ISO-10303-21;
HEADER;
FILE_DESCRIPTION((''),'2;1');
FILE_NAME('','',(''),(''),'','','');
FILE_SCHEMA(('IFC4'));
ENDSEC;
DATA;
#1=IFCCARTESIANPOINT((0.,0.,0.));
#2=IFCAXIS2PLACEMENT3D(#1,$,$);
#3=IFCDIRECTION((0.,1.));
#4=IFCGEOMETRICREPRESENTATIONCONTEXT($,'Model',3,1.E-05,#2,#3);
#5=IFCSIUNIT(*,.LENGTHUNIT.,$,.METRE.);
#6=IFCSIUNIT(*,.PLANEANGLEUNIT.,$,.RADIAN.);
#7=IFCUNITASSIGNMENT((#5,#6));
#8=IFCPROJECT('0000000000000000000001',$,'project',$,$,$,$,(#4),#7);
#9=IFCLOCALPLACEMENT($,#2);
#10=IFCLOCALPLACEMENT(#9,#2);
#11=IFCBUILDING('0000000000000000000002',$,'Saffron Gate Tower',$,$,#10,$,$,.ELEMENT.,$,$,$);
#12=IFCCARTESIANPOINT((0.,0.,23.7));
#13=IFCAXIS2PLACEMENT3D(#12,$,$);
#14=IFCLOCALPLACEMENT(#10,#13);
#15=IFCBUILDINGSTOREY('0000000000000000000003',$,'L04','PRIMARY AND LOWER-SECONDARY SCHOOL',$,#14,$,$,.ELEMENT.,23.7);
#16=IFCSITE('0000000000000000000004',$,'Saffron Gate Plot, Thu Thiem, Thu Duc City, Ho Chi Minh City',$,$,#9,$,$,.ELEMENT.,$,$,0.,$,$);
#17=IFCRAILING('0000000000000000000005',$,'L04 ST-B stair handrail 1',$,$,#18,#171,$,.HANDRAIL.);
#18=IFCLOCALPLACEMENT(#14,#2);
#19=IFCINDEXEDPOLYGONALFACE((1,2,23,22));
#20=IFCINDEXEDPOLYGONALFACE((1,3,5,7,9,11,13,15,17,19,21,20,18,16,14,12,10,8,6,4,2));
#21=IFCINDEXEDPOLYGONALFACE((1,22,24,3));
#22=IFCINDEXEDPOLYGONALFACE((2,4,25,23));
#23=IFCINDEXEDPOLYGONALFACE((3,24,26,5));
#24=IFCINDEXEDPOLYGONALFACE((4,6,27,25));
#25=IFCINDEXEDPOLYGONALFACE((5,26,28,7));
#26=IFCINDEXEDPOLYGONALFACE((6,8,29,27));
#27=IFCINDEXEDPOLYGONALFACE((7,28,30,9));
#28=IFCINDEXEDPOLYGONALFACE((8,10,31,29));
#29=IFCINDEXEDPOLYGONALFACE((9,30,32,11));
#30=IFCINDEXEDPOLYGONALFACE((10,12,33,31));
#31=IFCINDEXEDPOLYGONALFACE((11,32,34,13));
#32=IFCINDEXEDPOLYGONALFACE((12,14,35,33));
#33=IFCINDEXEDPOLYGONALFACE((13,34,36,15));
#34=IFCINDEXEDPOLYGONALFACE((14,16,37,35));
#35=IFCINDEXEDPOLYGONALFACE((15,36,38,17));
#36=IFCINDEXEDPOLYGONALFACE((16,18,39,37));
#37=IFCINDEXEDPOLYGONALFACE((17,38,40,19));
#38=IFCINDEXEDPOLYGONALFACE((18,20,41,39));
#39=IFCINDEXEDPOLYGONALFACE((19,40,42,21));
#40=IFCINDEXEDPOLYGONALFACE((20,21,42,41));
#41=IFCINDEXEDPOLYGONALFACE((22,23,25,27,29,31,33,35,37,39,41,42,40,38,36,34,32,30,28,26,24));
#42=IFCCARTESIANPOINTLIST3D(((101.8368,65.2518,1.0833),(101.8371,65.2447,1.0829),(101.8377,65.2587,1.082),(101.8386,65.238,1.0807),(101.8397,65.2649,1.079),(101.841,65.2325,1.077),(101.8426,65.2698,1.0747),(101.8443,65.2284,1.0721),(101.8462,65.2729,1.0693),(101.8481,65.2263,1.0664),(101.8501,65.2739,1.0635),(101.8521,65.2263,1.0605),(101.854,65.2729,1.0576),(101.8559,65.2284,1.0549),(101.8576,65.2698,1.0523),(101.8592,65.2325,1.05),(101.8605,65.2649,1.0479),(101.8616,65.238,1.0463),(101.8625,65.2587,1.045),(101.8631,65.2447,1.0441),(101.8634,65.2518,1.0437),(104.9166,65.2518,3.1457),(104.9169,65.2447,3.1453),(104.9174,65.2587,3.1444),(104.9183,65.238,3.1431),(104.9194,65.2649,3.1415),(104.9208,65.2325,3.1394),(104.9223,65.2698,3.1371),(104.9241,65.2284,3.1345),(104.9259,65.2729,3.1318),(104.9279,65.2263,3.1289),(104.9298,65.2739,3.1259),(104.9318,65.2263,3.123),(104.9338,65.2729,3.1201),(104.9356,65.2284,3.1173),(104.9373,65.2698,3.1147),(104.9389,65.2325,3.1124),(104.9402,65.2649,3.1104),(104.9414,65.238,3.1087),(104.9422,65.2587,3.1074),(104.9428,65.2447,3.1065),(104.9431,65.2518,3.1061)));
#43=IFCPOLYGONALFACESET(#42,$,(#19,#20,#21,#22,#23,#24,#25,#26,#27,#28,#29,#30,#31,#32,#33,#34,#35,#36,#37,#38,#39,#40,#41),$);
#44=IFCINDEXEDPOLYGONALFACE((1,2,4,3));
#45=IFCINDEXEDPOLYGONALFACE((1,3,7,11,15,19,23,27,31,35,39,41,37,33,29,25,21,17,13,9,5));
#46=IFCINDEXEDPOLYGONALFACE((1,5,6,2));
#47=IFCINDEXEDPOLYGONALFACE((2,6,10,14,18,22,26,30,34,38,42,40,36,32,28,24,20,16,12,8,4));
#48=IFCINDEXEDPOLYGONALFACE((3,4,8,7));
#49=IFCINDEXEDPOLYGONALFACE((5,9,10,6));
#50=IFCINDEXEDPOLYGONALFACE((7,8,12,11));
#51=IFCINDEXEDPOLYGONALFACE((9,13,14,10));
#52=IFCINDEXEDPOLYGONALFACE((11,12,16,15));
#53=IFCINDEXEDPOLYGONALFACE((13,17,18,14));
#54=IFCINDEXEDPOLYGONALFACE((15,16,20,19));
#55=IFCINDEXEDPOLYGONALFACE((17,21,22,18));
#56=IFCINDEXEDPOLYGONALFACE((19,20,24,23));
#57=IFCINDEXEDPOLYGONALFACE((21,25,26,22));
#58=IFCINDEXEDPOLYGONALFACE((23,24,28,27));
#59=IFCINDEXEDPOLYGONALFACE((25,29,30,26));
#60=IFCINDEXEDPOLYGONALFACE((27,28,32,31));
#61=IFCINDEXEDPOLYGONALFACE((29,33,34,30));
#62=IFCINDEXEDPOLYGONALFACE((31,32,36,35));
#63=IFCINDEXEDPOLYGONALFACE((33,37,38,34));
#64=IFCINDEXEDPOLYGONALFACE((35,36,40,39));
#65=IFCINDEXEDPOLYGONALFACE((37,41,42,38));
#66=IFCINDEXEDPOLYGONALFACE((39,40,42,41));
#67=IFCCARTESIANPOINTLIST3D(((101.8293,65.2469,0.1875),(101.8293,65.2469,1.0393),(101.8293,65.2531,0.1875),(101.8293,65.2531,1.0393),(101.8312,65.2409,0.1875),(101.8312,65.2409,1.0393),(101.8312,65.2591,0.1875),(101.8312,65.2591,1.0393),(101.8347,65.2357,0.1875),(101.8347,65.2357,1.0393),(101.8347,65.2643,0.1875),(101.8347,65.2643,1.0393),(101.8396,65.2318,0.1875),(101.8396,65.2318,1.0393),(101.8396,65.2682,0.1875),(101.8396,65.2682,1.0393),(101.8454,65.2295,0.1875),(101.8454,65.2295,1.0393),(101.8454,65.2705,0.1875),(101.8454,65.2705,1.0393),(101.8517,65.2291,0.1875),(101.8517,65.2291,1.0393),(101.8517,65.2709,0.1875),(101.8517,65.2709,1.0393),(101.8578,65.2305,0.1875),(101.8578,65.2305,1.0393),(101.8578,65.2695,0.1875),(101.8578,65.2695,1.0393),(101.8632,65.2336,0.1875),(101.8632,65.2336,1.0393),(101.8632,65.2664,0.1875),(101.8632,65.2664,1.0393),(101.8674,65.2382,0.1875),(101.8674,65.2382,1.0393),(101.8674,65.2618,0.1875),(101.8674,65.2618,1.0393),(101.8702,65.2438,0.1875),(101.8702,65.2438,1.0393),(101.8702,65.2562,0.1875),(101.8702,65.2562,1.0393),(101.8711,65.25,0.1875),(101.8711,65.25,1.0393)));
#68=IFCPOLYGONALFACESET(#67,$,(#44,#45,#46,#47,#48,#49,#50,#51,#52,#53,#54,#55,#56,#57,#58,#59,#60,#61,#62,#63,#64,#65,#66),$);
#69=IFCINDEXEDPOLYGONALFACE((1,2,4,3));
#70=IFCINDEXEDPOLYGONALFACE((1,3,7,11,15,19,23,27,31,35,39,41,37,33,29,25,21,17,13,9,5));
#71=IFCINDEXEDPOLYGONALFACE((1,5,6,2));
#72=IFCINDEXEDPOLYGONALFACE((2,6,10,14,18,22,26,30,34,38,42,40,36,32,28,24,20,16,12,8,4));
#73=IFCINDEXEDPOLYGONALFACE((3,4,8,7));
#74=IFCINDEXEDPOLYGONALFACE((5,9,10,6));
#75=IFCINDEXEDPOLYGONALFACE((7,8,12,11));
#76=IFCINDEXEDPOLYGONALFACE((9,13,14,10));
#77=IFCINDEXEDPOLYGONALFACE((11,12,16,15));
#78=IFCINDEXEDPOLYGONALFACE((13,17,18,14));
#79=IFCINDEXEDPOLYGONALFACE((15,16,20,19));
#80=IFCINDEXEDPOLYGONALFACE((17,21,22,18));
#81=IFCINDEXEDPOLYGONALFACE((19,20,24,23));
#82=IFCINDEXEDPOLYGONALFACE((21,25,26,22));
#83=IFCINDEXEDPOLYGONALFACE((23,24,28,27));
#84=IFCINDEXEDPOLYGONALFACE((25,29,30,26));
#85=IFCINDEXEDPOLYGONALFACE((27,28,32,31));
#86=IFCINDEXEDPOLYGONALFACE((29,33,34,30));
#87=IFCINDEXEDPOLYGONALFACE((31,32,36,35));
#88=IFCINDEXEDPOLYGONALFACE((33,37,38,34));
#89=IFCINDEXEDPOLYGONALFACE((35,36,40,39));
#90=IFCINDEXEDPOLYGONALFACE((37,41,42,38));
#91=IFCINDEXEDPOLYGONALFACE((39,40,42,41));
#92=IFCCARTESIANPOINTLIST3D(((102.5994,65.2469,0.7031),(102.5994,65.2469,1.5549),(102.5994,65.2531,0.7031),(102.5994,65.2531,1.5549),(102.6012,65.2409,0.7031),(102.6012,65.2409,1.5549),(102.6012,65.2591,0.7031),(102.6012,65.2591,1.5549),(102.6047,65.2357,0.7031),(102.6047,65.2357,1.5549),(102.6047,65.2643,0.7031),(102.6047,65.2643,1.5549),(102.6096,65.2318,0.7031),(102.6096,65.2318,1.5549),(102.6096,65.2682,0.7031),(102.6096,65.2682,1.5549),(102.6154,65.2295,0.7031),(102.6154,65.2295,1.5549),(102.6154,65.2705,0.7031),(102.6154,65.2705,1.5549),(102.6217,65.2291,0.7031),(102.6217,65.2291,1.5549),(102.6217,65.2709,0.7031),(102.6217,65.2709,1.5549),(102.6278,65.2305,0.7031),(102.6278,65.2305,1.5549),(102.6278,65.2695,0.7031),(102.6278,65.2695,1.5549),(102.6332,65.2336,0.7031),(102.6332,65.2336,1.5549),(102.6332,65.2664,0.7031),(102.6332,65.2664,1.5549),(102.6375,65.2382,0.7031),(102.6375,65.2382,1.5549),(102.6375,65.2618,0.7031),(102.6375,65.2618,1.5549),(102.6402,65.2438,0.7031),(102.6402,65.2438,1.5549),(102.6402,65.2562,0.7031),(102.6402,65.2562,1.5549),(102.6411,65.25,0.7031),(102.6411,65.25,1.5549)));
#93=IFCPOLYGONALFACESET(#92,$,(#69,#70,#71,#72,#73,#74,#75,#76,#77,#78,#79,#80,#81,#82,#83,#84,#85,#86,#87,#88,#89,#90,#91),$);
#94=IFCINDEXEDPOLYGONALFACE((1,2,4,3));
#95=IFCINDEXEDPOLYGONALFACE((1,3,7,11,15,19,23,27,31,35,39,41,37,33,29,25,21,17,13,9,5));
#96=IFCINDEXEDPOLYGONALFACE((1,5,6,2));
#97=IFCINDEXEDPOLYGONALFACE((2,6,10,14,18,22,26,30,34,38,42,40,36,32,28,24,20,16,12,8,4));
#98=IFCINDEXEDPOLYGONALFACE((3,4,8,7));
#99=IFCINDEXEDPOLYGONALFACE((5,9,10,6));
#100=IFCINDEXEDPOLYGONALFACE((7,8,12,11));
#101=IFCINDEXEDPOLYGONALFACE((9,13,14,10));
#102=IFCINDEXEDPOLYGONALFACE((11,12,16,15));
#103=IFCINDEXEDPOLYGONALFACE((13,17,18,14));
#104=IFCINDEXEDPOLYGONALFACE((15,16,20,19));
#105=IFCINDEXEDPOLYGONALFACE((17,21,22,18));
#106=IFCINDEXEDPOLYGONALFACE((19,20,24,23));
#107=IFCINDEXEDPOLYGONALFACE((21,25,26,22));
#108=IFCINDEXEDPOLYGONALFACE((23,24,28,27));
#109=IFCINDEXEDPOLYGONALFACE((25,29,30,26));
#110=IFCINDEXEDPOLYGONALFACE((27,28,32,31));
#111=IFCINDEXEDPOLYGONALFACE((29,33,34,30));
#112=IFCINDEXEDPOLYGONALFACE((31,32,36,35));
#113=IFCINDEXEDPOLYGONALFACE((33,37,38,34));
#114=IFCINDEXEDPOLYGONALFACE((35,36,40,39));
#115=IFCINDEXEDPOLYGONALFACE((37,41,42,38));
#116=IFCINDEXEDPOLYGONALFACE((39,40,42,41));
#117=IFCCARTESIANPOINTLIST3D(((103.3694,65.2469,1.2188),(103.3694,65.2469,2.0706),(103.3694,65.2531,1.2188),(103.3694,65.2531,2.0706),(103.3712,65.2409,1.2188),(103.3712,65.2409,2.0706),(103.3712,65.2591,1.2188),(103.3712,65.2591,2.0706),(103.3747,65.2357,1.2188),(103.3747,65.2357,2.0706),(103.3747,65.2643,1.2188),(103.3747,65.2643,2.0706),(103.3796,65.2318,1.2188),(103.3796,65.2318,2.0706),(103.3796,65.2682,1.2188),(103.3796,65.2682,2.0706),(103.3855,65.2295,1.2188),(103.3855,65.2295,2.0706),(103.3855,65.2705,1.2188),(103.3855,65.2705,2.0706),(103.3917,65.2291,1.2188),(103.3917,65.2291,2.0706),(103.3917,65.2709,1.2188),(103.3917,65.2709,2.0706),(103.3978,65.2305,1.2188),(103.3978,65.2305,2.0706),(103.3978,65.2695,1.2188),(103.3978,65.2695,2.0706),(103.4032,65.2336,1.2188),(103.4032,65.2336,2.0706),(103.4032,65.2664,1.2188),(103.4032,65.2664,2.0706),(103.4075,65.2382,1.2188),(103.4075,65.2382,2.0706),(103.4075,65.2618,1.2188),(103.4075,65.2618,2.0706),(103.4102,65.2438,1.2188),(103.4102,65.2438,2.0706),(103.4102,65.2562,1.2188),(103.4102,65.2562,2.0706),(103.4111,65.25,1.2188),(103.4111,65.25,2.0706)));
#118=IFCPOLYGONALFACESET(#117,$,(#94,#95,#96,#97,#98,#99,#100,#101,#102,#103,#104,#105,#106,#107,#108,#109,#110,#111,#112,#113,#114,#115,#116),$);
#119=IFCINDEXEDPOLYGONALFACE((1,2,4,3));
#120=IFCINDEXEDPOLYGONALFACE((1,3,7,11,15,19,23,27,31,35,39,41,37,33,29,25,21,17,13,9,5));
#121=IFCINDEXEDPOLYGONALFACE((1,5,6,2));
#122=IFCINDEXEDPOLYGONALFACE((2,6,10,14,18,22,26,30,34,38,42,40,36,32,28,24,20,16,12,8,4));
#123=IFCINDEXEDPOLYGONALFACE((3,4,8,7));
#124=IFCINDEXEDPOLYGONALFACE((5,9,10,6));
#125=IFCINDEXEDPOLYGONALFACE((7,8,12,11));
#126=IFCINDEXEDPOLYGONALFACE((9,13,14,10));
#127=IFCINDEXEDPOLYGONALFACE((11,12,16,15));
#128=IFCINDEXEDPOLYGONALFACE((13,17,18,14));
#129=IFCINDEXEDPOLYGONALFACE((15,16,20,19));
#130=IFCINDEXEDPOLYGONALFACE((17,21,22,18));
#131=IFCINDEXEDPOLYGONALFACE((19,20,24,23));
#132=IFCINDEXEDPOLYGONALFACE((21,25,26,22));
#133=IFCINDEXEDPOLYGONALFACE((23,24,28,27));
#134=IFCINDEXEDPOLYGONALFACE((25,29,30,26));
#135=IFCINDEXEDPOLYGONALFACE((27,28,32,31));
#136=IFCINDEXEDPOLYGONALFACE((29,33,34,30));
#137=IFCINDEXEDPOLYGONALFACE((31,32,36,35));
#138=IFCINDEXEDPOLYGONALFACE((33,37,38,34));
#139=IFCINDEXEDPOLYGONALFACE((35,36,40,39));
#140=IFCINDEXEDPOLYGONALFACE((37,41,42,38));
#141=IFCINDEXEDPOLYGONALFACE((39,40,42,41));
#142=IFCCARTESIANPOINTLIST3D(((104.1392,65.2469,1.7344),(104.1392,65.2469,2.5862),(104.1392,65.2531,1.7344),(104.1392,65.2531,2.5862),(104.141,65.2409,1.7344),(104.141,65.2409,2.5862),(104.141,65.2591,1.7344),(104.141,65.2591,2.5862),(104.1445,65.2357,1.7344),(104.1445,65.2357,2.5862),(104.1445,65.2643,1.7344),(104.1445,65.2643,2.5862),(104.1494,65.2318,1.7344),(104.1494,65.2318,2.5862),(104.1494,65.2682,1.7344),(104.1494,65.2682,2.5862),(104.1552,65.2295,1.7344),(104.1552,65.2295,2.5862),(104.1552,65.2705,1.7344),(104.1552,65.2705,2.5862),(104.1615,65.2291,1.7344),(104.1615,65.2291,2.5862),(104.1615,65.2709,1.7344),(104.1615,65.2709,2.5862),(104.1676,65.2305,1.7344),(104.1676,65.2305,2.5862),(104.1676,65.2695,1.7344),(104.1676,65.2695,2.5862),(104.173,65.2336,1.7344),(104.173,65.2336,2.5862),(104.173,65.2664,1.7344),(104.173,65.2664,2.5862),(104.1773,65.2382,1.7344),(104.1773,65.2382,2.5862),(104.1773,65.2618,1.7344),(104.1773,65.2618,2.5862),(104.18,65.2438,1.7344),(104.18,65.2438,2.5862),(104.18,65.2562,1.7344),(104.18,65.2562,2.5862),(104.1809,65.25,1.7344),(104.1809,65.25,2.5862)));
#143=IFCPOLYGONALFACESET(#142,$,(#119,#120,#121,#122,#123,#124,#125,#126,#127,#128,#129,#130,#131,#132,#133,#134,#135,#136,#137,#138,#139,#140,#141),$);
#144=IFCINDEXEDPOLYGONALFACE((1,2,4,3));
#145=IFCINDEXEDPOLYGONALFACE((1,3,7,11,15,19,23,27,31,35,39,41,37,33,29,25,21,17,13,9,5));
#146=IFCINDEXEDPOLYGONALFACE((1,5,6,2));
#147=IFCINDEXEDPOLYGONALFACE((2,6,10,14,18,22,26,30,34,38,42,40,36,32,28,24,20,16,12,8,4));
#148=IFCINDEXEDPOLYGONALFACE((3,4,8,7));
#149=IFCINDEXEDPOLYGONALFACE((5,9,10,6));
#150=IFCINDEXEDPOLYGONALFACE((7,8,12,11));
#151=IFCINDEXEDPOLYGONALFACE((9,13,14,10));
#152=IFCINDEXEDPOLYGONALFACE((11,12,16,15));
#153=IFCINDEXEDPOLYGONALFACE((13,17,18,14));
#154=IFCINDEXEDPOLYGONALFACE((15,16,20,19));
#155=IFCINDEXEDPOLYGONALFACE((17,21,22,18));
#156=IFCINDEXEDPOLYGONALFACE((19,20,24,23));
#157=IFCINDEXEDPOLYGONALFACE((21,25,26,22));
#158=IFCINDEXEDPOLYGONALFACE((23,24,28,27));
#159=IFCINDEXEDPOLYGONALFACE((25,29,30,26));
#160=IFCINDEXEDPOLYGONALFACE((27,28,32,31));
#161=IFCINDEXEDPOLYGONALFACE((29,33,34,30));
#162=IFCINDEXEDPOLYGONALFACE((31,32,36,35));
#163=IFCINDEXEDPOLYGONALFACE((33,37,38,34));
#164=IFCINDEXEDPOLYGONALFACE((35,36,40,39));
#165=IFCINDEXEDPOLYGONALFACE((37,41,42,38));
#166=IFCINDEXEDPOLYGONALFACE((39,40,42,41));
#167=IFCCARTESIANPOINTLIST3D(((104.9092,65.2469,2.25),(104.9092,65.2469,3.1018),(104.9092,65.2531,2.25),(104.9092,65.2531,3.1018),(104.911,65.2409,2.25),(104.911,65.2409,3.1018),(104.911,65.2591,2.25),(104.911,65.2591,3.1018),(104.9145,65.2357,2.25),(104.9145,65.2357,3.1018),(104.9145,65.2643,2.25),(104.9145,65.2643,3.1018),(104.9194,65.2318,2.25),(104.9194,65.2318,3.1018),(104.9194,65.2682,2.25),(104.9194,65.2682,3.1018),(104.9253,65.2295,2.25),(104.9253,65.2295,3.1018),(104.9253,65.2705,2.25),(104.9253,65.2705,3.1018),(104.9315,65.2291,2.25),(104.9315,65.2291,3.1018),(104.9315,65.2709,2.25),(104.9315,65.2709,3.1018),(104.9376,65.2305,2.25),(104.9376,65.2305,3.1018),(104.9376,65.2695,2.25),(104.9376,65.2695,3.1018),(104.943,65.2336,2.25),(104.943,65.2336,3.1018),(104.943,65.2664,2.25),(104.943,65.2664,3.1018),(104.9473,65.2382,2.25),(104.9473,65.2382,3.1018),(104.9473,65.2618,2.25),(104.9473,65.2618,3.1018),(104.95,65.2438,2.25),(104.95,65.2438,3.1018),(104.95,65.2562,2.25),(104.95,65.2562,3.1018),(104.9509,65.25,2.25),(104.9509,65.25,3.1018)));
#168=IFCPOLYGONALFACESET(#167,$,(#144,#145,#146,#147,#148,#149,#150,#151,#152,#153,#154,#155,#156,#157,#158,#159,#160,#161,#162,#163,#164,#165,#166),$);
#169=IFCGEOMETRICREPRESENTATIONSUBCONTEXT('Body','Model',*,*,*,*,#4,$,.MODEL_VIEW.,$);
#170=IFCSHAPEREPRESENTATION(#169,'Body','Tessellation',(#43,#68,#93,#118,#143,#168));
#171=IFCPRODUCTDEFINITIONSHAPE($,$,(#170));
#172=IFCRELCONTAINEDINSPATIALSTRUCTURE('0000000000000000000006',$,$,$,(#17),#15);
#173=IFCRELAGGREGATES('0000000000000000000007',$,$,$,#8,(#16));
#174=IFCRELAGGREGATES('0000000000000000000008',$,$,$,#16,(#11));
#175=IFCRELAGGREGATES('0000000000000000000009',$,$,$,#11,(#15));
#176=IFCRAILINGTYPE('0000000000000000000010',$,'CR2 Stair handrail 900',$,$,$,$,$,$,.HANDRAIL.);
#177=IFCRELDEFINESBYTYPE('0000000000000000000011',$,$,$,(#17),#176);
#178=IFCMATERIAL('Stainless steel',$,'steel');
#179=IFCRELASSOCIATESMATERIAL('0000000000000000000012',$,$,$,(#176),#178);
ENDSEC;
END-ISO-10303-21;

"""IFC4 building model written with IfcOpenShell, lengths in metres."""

from ifc_helpers import new_model, si_unit, direction, frame, origin, origin_2d, place, context, subcontext, project, spatial, circle, extrude, material, type_object, element, save


model = new_model("IFC4")

# Units and contexts
model_context = context("Model", 3, precision=1e-05, world=origin(), true_north=direction((0.0, 1.0)))
body_context = subcontext(model_context, "Body", "Model", "MODEL_VIEW")
ifc_project = project(units=[si_unit("LENGTHUNIT", "METRE"), si_unit("PLANEANGLEUNIT", "RADIAN")], contexts=[model_context])

# Site, building, storey
site_placement = place(None, origin())
site = spatial("IfcSite", under=ifc_project, at=site_placement, Name="Saffron Gate Plot, Thu Thiem, Thu Duc City, Ho Chi Minh City", CompositionType="ELEMENT", RefElevation=0.0)
building_placement = place(site_placement, origin())
building = spatial("IfcBuilding", under=site, at=building_placement, Name="Saffron Gate Tower", CompositionType="ELEMENT")
storey_placement = place(building_placement, frame((0.0, 0.0, 23.7)))
storey = spatial("IfcBuildingStorey", under=building, at=storey_placement, Name="L04", Description="PRIMARY AND LOWER-SECONDARY SCHOOL", CompositionType="ELEMENT", Elevation=23.7)

# Railing
ifc_material_1 = material(Name="Stainless steel", Category="steel")
railing_type_1 = type_object("IfcRailingType", Name="CR2 Stair handrail 900", PredefinedType="HANDRAIL", material=ifc_material_1)
railing_1_placement = place(storey_placement, frame((101.8501, 65.25, 0.1875)))
element("IfcRailing", 1, at=railing_1_placement, inside=storey, type_object=railing_type_1, Name="L04 ST-B stair handrail 1", PredefinedType="HANDRAIL", context=body_context, shape_type="SweptSolid", body=[
    extrude(circle(Radius=0.0239, at=origin_2d()), frame((0.0, 0.0, 0.876), z_axis=(0.830893, 0.0, 0.556432), x_axis=(0.0, 1.0, 0.0)), (0.0, 0.0, 1.0), 3.7065),
    extrude(circle(Radius=0.021, at=origin_2d()), origin(), (0.0, 0.0, 1.0), 0.8518),
    extrude(circle(Radius=0.021, at=origin_2d()), frame((0.77, 0.0, 0.5156)), (0.0, 0.0, 1.0), 0.8518),
    extrude(circle(Radius=0.021, at=origin_2d()), frame((1.54, 0.0, 1.0312)), (0.0, 0.0, 1.0), 0.8518),
    extrude(circle(Radius=0.021, at=origin_2d()), frame((2.3098, 0.0, 1.5469)), (0.0, 0.0, 1.0), 0.8518),
    extrude(circle(Radius=0.021, at=origin_2d()), frame((3.0798, 0.0, 2.0625)), (0.0, 0.0, 1.0), 0.8518),
])

save(model, "model.ifc")
